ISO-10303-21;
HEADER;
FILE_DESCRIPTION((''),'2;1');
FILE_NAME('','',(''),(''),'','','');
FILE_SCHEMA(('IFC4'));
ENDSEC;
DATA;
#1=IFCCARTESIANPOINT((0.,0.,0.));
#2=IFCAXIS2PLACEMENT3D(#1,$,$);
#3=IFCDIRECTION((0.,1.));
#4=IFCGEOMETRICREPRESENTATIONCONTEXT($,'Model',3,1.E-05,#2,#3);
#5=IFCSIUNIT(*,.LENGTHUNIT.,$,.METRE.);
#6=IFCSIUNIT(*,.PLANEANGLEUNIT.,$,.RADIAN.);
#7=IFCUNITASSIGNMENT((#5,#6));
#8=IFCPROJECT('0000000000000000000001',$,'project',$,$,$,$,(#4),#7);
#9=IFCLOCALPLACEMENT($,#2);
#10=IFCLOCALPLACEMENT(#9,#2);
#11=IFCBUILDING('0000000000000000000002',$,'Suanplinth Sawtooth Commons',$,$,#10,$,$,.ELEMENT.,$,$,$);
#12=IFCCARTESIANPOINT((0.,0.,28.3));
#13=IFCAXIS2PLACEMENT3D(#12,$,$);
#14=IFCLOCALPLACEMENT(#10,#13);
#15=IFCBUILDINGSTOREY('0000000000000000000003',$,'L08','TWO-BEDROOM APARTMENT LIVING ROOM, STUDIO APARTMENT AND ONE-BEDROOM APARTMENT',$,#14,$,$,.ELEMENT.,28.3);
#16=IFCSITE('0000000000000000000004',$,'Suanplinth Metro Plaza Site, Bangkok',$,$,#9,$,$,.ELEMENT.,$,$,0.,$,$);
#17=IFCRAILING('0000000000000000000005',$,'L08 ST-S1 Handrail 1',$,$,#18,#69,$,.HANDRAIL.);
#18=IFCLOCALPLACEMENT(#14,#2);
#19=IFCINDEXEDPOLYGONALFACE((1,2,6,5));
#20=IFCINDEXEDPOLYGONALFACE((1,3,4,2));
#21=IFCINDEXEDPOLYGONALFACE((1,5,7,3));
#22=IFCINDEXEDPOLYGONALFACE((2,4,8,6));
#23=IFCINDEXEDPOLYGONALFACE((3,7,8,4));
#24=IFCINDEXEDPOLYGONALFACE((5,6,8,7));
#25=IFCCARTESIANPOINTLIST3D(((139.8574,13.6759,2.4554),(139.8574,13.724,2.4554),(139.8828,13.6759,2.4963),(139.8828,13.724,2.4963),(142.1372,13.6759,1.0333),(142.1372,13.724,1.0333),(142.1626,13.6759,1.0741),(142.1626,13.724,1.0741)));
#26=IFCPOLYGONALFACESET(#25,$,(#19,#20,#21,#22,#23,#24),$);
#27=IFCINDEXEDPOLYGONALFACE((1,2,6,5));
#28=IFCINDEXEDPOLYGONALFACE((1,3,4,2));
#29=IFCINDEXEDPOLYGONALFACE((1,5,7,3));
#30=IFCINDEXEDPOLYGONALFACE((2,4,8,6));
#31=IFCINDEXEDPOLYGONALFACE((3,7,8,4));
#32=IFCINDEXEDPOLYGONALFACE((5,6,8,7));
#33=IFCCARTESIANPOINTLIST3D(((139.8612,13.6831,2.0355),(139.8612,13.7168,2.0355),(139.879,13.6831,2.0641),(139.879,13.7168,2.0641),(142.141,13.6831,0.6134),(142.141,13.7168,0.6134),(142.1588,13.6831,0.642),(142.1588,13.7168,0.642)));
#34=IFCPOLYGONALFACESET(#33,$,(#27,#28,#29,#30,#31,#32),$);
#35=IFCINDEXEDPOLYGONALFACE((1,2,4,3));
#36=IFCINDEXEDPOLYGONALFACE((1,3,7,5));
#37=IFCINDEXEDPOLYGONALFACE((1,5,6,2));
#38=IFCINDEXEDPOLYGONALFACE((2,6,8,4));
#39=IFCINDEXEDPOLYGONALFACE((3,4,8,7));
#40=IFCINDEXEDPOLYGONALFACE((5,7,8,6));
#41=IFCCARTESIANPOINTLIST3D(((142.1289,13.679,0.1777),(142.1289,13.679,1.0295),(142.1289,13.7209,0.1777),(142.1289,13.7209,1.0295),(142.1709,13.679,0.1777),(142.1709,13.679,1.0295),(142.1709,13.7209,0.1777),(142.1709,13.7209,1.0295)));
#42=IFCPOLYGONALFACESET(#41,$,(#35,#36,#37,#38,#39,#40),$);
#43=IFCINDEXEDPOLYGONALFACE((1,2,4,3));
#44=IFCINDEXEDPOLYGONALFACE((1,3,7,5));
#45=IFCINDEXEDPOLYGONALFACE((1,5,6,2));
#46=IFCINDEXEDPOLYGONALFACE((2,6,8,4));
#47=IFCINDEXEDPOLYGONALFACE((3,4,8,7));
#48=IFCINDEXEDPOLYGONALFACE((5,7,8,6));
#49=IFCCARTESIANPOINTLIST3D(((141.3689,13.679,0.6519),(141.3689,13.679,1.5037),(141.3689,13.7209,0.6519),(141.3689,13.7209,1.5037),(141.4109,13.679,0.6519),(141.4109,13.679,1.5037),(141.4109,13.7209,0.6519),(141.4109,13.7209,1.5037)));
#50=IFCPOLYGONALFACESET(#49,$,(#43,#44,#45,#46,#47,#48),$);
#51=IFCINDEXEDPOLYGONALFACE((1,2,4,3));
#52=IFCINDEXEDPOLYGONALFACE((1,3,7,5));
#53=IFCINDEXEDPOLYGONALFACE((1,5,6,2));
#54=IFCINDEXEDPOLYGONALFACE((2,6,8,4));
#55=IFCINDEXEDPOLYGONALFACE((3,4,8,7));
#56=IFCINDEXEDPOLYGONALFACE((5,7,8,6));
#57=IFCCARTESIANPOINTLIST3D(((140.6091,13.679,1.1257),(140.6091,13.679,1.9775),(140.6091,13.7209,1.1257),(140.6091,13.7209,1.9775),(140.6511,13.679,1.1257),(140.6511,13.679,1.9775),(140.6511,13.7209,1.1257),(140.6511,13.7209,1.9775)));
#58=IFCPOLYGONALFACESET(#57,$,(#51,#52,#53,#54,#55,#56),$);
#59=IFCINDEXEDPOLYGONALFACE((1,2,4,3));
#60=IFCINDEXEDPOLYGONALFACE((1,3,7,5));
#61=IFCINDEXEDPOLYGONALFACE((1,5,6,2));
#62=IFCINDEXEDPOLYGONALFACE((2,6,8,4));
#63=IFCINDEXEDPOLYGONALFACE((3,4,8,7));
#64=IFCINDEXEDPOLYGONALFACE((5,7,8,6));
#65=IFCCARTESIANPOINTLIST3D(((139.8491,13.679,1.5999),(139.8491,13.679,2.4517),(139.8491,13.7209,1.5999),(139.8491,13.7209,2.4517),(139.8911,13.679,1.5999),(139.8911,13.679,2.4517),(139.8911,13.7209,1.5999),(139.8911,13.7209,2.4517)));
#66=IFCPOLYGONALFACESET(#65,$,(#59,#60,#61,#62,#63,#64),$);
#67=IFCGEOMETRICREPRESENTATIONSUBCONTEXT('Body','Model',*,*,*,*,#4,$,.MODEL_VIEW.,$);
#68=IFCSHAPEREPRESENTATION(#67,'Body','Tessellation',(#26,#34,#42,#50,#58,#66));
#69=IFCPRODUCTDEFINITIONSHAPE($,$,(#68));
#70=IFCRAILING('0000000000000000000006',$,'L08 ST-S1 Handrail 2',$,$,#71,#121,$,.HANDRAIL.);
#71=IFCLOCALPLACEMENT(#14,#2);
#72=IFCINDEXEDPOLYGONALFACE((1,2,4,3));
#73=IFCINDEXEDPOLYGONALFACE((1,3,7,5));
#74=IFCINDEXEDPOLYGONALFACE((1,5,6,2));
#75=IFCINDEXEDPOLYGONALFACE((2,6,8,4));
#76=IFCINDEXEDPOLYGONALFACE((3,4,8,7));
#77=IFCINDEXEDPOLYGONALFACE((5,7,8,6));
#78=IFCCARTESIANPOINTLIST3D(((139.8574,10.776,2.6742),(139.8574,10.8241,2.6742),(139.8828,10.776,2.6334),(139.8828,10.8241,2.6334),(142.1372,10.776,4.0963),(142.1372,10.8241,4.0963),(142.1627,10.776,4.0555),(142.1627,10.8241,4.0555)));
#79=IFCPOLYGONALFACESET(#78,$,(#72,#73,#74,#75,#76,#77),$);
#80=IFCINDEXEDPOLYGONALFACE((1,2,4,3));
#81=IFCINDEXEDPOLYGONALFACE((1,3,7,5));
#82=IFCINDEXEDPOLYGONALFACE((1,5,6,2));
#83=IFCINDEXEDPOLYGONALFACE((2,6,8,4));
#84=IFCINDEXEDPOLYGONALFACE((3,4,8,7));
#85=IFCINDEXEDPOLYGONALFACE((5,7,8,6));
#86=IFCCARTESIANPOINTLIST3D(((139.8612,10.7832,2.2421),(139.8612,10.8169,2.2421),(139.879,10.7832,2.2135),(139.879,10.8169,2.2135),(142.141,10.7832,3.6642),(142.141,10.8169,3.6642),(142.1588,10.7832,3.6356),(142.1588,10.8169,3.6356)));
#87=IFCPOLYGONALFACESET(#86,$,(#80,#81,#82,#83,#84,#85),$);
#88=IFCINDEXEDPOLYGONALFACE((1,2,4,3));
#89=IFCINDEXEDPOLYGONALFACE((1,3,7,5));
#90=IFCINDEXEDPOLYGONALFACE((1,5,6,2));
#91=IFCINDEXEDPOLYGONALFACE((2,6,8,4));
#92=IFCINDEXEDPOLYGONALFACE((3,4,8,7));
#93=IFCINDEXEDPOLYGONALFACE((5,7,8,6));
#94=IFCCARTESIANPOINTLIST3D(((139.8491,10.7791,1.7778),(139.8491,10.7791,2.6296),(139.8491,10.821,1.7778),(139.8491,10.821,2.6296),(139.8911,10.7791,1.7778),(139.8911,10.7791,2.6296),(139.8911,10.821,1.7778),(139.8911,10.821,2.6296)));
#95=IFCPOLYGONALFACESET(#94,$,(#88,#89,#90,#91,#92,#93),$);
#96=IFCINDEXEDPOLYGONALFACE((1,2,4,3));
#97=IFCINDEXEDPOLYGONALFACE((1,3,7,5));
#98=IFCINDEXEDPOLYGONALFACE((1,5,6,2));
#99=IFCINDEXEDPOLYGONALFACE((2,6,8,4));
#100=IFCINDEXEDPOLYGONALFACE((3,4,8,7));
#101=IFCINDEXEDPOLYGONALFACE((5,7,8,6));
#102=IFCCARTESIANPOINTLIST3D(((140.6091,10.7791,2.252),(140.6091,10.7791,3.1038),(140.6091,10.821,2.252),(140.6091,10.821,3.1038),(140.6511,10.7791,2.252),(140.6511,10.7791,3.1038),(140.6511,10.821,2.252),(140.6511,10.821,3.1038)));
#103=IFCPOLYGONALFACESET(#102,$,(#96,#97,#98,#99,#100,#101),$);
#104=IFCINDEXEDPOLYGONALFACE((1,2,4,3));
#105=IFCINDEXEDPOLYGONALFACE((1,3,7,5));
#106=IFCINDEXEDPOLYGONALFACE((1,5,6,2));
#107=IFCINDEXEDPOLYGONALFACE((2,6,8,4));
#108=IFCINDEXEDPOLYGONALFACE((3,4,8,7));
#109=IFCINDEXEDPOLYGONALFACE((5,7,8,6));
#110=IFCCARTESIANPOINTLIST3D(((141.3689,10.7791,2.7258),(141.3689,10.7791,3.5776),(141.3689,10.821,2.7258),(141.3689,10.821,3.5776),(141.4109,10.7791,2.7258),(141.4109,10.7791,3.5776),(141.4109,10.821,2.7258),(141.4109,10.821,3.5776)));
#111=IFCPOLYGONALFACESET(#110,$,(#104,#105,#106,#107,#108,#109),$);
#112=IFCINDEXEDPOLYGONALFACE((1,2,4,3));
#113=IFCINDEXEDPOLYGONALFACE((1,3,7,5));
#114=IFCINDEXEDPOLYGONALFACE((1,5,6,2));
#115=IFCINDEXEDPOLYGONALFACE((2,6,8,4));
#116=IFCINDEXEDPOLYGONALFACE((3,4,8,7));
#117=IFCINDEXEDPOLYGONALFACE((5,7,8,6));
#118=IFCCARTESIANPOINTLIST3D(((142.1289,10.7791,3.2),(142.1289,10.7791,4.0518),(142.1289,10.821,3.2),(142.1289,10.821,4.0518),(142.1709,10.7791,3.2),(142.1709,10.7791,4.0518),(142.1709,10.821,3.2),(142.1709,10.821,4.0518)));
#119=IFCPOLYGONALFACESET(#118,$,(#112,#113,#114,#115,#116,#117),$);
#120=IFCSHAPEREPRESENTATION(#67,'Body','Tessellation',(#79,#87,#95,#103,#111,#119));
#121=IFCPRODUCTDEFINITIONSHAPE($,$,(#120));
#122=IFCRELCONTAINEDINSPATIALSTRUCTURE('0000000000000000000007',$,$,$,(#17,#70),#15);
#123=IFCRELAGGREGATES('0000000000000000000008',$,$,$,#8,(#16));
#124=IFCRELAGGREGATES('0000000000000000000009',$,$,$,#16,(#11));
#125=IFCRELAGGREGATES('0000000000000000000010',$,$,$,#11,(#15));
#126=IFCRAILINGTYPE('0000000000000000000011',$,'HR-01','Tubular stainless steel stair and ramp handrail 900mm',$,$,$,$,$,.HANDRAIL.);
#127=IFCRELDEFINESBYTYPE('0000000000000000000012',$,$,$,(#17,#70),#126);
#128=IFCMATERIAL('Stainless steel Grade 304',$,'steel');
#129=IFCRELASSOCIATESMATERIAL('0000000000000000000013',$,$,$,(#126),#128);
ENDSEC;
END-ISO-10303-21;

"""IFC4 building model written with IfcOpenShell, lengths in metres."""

from ifc_helpers import new_model, si_unit, direction, frame, origin, origin_2d, place, context, subcontext, project, spatial, rectangle, extrude, material, type_object, element, save


model = new_model("IFC4")

# Units and contexts
model_context = context("Model", 3, precision=1e-05, world=origin(), true_north=direction((0.0, 1.0)))
body_context = subcontext(model_context, "Body", "Model", "MODEL_VIEW")
ifc_project = project(units=[si_unit("LENGTHUNIT", "METRE"), si_unit("PLANEANGLEUNIT", "RADIAN")], contexts=[model_context])

# Site, building, storey
site_placement = place(None, origin())
site = spatial("IfcSite", under=ifc_project, at=site_placement, Name="Suanplinth Metro Plaza Site, Bangkok", CompositionType="ELEMENT", RefElevation=0.0)
building_placement = place(site_placement, origin())
building = spatial("IfcBuilding", under=site, at=building_placement, Name="Suanplinth Sawtooth Commons", CompositionType="ELEMENT")
storey_placement = place(building_placement, frame((0.0, 0.0, 28.3)))
storey = spatial("IfcBuildingStorey", under=building, at=storey_placement, Name="L08", Description="TWO-BEDROOM APARTMENT LIVING ROOM, STUDIO APARTMENT AND ONE-BEDROOM APARTMENT", CompositionType="ELEMENT", Elevation=28.3)

# Shared definitions
ifc_material_1 = material(Name="Stainless steel Grade 304", Category="steel")

# Railings
railing_type_1 = type_object("IfcRailingType", Name="HR-01", Description="Tubular stainless steel stair and ramp handrail 900mm", PredefinedType="HANDRAIL", material=ifc_material_1)
railing_1_placement = place(storey_placement, frame((142.1499, 13.7, 0.1777)))
element("IfcRailing", 1, at=railing_1_placement, inside=storey, type_object=railing_type_1, Name="L08 ST-S1 Handrail 1", PredefinedType="HANDRAIL", context=body_context, shape_type="SweptSolid", body=[
    extrude(rectangle(XDim=0.0481, YDim=0.0481, at=origin_2d()), frame((0.0, 0.0, 0.876), z_axis=(-0.848457, 0.0, 0.529264), x_axis=(0.0, -1.0, 0.0)), (0.0, 0.0, 1.0), 2.687),
    extrude(rectangle(XDim=0.0337, YDim=0.0337, at=origin_2d()), frame((0.0, 0.0, 0.45), z_axis=(-0.848457, 0.0, 0.529264), x_axis=(0.0, -1.0, 0.0)), (0.0, 0.0, 1.0), 2.687),
    extrude(rectangle(XDim=0.042, YDim=0.042, at=origin_2d()), origin(), (0.0, 0.0, 1.0), 0.8518),
    extrude(rectangle(XDim=0.042, YDim=0.042, at=origin_2d()), frame((-0.76, 0.0, 0.4741)), (0.0, 0.0, 1.0), 0.8518),
    extrude(rectangle(XDim=0.042, YDim=0.042, at=origin_2d()), frame((-1.5198, 0.0, 0.948)), (0.0, 0.0, 1.0), 0.8518),
    extrude(rectangle(XDim=0.042, YDim=0.042, at=origin_2d()), frame((-2.2798, 0.0, 1.4221)), (0.0, 0.0, 1.0), 0.8518),
])
railing_2_placement = place(storey_placement, frame((139.8701, 10.8, 1.7778)))
element("IfcRailing", 2, at=railing_2_placement, inside=storey, type_object=railing_type_1, Name="L08 ST-S1 Handrail 2", PredefinedType="HANDRAIL", context=body_context, shape_type="SweptSolid", body=[
    extrude(rectangle(XDim=0.0481, YDim=0.0481, at=origin_2d()), frame((0.0, 0.0, 0.876), z_axis=(0.848457, 0.0, 0.529264), x_axis=(0.0, 1.0, 0.0)), (0.0, 0.0, 1.0), 2.687),
    extrude(rectangle(XDim=0.0337, YDim=0.0337, at=origin_2d()), frame((0.0, 0.0, 0.45), z_axis=(0.848457, 0.0, 0.529264), x_axis=(0.0, 1.0, 0.0)), (0.0, 0.0, 1.0), 2.687),
    extrude(rectangle(XDim=0.042, YDim=0.042, at=origin_2d()), origin(), (0.0, 0.0, 1.0), 0.8518),
    extrude(rectangle(XDim=0.042, YDim=0.042, at=origin_2d()), frame((0.76, 0.0, 0.4741)), (0.0, 0.0, 1.0), 0.8518),
    extrude(rectangle(XDim=0.042, YDim=0.042, at=origin_2d()), frame((1.5198, 0.0, 0.948)), (0.0, 0.0, 1.0), 0.8518),
    extrude(rectangle(XDim=0.042, YDim=0.042, at=origin_2d()), frame((2.2798, 0.0, 1.4221)), (0.0, 0.0, 1.0), 0.8518),
])

save(model, "model.ifc")
